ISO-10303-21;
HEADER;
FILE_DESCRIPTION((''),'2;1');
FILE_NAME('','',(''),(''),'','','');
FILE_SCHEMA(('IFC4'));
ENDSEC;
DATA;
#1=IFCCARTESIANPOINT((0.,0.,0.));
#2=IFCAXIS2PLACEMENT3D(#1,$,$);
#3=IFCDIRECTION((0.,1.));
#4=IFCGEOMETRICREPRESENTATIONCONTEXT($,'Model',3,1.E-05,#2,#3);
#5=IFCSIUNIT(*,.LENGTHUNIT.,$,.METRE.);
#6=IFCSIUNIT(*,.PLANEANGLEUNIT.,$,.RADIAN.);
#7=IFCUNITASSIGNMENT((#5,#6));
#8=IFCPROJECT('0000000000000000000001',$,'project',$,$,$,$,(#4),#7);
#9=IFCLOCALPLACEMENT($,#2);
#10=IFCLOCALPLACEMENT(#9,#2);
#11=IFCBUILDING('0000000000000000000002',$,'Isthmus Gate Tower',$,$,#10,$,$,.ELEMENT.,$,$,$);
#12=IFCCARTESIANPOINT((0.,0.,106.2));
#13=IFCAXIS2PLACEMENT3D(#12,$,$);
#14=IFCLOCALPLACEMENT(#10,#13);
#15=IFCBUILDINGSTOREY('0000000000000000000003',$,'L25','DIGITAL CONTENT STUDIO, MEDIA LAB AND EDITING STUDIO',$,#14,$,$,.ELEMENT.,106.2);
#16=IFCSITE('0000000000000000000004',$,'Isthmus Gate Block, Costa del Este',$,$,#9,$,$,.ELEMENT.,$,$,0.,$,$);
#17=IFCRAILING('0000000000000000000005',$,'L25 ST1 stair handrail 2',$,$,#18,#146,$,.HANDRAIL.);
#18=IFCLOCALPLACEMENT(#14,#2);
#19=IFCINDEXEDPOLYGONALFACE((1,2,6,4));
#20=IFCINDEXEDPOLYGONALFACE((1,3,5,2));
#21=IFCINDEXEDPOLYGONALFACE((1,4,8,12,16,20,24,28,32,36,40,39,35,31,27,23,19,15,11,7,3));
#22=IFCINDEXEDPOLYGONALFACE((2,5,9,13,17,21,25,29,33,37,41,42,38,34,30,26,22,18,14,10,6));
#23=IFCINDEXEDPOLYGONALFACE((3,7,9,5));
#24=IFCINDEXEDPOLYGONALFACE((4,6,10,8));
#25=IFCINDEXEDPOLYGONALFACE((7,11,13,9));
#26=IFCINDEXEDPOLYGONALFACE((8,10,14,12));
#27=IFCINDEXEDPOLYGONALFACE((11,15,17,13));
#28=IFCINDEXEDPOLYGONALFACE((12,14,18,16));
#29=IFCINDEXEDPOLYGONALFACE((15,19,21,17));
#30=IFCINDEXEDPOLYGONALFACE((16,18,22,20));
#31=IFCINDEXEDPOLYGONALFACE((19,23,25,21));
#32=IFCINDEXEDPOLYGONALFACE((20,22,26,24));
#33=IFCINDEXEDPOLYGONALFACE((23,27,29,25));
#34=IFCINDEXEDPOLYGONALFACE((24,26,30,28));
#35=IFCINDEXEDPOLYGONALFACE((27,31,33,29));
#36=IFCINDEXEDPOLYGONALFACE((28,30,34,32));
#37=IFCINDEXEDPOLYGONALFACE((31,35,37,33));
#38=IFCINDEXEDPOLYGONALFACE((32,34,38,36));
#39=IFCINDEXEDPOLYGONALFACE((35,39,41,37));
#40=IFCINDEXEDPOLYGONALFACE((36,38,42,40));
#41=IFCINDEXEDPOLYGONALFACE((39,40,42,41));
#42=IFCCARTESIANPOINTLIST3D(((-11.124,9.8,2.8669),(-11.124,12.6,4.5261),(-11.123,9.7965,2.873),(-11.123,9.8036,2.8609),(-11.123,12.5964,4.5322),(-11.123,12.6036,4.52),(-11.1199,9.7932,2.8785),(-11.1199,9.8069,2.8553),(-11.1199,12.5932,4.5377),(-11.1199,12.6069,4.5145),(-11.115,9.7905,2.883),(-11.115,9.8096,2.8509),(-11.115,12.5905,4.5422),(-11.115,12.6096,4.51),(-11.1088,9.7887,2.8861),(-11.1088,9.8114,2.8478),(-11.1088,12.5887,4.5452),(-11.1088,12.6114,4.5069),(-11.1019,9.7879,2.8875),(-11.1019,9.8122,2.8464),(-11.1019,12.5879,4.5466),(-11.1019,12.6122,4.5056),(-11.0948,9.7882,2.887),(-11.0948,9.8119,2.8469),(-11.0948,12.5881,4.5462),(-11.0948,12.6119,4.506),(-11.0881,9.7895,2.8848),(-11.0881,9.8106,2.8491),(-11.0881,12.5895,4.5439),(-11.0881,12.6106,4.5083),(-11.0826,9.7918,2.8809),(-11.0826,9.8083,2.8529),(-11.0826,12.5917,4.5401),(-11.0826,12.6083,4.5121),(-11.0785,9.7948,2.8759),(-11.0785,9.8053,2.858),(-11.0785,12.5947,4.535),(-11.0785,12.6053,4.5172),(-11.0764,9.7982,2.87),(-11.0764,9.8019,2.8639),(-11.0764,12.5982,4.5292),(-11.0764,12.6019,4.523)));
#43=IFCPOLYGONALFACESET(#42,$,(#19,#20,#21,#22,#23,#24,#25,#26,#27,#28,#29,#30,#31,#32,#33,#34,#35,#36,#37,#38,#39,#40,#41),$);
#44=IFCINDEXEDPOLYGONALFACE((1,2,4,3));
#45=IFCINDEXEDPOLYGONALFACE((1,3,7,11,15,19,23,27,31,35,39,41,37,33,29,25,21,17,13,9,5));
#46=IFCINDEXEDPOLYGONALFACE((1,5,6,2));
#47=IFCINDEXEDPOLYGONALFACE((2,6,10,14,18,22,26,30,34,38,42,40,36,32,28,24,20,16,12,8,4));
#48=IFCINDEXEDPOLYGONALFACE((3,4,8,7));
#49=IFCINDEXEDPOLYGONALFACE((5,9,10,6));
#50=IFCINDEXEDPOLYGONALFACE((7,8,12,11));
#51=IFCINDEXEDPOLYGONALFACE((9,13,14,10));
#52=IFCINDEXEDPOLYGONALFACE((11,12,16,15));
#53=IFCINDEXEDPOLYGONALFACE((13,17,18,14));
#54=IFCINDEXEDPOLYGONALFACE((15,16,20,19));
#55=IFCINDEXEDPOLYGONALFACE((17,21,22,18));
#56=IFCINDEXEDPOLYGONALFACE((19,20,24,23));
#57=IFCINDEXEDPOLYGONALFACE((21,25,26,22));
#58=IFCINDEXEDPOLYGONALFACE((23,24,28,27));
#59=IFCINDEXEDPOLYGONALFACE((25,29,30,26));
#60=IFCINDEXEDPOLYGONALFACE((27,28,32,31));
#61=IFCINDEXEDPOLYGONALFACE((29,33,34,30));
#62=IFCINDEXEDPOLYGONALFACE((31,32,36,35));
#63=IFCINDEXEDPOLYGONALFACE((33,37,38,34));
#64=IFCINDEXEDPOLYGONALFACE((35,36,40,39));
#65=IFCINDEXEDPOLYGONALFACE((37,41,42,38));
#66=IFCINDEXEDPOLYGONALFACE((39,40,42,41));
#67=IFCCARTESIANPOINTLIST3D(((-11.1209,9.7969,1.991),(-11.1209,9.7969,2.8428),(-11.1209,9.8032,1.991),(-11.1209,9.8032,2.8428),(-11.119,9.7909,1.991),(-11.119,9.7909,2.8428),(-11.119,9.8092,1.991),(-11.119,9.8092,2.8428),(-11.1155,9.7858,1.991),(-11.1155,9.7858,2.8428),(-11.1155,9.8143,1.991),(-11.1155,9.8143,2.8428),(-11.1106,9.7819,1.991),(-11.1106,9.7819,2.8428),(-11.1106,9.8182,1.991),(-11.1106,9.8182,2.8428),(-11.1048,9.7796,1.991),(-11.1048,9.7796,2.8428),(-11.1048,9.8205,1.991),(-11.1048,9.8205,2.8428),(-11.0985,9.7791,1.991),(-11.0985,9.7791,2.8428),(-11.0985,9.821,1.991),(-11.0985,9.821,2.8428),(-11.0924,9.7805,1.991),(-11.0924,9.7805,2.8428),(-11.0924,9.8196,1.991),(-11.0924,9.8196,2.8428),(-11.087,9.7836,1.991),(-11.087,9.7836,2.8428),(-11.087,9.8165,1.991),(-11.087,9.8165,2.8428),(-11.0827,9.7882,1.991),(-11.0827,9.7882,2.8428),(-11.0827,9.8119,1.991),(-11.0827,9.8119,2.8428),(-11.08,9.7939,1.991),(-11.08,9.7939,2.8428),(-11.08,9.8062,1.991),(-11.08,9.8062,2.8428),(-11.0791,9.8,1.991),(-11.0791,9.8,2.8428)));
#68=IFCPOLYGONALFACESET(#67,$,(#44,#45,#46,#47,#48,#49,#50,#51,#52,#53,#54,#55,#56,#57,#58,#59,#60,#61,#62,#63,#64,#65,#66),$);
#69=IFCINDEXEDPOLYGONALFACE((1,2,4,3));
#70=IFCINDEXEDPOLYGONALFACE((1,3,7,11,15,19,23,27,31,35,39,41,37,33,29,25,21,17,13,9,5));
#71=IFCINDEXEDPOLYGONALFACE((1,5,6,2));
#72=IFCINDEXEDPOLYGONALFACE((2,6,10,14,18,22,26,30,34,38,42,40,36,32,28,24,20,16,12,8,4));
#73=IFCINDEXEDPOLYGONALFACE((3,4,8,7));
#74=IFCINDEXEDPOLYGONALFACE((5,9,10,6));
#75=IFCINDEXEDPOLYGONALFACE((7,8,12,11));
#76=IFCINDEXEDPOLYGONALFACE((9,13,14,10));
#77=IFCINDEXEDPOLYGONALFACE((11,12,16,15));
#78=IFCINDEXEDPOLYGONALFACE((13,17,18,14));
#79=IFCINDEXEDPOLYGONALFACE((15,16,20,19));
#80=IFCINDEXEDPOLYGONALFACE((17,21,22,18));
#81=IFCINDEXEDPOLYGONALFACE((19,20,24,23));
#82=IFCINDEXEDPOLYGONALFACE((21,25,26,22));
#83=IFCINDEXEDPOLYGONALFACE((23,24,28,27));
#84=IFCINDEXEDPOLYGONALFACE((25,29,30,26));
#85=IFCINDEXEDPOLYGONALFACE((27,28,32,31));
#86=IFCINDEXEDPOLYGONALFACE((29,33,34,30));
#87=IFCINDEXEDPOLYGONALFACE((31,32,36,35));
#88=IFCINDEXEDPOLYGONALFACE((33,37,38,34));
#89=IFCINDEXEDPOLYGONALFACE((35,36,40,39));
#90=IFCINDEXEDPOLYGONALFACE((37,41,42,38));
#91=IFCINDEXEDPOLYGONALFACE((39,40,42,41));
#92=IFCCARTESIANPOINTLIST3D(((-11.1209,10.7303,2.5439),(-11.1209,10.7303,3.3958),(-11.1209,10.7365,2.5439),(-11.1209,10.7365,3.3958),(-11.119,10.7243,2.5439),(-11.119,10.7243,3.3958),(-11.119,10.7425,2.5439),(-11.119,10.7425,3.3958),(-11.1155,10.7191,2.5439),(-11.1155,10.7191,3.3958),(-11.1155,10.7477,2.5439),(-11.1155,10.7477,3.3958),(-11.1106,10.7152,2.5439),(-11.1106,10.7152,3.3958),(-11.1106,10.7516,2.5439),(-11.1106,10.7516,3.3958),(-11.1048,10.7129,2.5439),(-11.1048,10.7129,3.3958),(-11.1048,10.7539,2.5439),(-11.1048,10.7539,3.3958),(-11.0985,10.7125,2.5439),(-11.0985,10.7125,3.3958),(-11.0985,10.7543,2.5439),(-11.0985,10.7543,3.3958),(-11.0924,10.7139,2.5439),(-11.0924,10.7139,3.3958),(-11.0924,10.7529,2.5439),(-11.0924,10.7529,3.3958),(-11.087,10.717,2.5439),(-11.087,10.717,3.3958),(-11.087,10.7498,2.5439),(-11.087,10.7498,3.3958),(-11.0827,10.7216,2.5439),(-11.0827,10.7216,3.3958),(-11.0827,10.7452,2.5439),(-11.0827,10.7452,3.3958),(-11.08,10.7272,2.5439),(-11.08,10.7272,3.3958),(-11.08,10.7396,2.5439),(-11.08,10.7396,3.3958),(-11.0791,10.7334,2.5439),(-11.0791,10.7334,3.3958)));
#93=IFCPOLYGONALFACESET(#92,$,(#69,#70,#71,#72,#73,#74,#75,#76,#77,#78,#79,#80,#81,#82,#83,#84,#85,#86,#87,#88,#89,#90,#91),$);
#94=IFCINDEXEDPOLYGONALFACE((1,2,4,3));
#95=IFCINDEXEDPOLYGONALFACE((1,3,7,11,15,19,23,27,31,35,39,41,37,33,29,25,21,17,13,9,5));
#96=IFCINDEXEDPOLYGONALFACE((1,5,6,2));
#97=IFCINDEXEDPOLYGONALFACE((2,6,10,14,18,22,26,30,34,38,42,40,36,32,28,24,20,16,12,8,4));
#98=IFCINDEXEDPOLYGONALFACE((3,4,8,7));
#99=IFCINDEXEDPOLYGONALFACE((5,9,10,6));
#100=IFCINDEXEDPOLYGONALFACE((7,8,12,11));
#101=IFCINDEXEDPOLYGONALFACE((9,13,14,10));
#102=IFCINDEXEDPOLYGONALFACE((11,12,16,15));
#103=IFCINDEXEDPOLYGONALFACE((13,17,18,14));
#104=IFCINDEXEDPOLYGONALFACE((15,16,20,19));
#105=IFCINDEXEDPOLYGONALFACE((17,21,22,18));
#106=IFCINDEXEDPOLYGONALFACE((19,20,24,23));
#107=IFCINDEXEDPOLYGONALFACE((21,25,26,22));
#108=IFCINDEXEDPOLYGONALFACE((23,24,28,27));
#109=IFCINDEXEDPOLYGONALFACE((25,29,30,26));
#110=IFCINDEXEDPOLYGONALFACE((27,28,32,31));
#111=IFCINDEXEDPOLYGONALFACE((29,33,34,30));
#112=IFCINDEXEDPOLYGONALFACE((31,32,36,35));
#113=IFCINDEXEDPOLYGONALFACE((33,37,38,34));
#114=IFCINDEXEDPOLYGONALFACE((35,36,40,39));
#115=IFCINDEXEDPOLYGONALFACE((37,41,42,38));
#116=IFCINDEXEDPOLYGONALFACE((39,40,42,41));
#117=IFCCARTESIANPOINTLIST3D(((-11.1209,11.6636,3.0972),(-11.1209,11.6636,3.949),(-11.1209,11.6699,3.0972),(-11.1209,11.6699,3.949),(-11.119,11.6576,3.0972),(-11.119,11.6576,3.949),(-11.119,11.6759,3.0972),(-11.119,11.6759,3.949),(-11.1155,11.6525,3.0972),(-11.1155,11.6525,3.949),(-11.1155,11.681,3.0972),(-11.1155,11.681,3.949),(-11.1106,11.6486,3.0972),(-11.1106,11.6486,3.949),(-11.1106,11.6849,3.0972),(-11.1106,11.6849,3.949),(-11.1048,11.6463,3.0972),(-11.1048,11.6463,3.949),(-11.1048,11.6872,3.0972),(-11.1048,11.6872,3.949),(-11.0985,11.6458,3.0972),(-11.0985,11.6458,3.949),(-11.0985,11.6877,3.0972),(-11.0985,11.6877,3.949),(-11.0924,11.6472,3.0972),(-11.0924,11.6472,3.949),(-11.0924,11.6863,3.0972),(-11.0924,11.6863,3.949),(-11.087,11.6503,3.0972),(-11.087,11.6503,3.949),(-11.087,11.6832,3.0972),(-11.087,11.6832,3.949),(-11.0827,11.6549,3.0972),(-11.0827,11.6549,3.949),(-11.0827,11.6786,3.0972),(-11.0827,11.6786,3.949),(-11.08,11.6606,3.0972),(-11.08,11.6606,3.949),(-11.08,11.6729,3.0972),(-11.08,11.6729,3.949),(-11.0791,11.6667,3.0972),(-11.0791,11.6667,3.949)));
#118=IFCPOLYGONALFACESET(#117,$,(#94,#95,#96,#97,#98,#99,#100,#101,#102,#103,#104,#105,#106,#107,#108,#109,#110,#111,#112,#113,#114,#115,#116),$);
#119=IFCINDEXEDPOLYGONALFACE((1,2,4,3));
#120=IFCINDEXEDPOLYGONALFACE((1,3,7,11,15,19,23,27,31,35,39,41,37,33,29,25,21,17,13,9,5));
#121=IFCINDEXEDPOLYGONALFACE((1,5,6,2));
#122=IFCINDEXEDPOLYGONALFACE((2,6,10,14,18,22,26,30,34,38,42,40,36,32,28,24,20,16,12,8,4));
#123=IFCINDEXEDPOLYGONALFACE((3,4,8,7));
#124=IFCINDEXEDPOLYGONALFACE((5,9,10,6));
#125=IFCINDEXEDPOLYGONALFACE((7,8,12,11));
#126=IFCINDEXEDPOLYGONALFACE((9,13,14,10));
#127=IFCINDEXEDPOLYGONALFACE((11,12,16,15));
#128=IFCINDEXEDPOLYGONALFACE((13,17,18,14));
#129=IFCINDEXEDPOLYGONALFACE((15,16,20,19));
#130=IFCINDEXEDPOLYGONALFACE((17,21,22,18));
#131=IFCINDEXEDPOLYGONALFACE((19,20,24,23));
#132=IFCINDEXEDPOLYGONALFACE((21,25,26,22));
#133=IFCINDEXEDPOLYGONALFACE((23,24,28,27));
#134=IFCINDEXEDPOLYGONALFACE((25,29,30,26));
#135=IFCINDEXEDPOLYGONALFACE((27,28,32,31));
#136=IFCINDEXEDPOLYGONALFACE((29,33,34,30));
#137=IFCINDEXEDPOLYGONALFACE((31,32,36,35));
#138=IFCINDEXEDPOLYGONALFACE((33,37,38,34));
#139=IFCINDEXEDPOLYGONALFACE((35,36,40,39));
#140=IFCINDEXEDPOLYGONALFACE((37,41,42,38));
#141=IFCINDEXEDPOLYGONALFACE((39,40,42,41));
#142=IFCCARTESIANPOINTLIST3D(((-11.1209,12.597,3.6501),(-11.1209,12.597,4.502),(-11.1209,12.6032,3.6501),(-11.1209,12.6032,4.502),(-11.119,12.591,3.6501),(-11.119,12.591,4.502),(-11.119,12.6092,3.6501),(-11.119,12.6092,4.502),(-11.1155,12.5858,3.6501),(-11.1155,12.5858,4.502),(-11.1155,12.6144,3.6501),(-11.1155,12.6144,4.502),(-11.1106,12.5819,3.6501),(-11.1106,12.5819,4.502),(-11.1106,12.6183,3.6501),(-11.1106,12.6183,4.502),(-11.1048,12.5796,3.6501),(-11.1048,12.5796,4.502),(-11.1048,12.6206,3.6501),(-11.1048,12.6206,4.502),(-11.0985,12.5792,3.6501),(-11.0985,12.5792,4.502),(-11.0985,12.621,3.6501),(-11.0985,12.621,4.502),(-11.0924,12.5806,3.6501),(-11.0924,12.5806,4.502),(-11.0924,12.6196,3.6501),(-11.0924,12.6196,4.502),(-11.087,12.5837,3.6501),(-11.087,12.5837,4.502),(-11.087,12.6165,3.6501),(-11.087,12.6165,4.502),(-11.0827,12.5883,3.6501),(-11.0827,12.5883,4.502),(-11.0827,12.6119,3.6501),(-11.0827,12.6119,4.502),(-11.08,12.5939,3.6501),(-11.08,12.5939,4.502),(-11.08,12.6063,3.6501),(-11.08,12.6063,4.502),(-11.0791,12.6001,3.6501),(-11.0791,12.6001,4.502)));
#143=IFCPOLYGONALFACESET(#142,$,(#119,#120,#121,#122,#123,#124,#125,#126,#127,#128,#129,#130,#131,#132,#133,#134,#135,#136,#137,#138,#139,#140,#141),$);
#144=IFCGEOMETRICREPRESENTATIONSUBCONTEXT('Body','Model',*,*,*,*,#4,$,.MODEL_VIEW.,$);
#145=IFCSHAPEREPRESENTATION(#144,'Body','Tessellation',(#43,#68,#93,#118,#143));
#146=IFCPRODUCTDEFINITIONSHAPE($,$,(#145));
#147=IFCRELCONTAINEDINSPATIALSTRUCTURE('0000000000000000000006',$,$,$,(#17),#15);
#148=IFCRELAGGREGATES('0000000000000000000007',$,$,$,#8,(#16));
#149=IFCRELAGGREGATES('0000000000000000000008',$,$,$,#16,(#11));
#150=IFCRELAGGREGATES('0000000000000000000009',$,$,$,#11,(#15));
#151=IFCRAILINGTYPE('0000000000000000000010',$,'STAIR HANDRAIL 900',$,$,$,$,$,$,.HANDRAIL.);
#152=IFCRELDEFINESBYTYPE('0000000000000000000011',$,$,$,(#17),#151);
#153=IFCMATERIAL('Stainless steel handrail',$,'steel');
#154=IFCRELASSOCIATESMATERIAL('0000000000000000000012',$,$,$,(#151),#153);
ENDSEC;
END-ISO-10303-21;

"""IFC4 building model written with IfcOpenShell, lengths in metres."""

from ifc_helpers import new_model, si_unit, direction, frame, origin, origin_2d, place, context, subcontext, project, spatial, circle, extrude, material, type_object, element, save


model = new_model("IFC4")

# Units and contexts
model_context = context("Model", 3, precision=1e-05, world=origin(), true_north=direction((0.0, 1.0)))
body_context = subcontext(model_context, "Body", "Model", "MODEL_VIEW")
ifc_project = project(units=[si_unit("LENGTHUNIT", "METRE"), si_unit("PLANEANGLEUNIT", "RADIAN")], contexts=[model_context])

# Site, building, storey
site_placement = place(None, origin())
site = spatial("IfcSite", under=ifc_project, at=site_placement, Name="Isthmus Gate Block, Costa del Este", CompositionType="ELEMENT", RefElevation=0.0)
building_placement = place(site_placement, origin())
building = spatial("IfcBuilding", under=site, at=building_placement, Name="Isthmus Gate Tower", CompositionType="ELEMENT")
storey_placement = place(building_placement, frame((0.0, 0.0, 106.2)))
storey = spatial("IfcBuildingStorey", under=building, at=storey_placement, Name="L25", Description="DIGITAL CONTENT STUDIO, MEDIA LAB AND EDITING STUDIO", CompositionType="ELEMENT", Elevation=106.2)

# Railing
ifc_material_1 = material(Name="Stainless steel handrail", Category="steel")
railing_type_1 = type_object("IfcRailingType", Name="STAIR HANDRAIL 900", PredefinedType="HANDRAIL", material=ifc_material_1)
railing_1_placement = place(storey_placement, frame((-11.1001, 9.8, 1.991)))
element("IfcRailing", 1, at=railing_1_placement, inside=storey, type_object=railing_type_1, Name="L25 ST1 stair handrail 2", PredefinedType="HANDRAIL", context=body_context, shape_type="SweptSolid", body=[
    extrude(circle(Radius=0.0239, at=origin_2d()), frame((0.0, 0.0, 0.876), z_axis=(0.0, 0.860306, 0.509778), x_axis=(-1.0, 0.0, 0.0)), (0.0, 0.0, 1.0), 3.2546),
    extrude(circle(Radius=0.021, at=origin_2d()), origin(), (0.0, 0.0, 1.0), 0.8518),
    extrude(circle(Radius=0.021, at=origin_2d()), frame((0.0, 0.9333, 0.553)), (0.0, 0.0, 1.0), 0.8518),
    extrude(circle(Radius=0.021, at=origin_2d()), frame((0.0, 1.8667, 1.1062)), (0.0, 0.0, 1.0), 0.8518),
    extrude(circle(Radius=0.021, at=origin_2d()), frame((0.0, 2.8, 1.6592)), (0.0, 0.0, 1.0), 0.8518),
])

save(model, "model.ifc")
